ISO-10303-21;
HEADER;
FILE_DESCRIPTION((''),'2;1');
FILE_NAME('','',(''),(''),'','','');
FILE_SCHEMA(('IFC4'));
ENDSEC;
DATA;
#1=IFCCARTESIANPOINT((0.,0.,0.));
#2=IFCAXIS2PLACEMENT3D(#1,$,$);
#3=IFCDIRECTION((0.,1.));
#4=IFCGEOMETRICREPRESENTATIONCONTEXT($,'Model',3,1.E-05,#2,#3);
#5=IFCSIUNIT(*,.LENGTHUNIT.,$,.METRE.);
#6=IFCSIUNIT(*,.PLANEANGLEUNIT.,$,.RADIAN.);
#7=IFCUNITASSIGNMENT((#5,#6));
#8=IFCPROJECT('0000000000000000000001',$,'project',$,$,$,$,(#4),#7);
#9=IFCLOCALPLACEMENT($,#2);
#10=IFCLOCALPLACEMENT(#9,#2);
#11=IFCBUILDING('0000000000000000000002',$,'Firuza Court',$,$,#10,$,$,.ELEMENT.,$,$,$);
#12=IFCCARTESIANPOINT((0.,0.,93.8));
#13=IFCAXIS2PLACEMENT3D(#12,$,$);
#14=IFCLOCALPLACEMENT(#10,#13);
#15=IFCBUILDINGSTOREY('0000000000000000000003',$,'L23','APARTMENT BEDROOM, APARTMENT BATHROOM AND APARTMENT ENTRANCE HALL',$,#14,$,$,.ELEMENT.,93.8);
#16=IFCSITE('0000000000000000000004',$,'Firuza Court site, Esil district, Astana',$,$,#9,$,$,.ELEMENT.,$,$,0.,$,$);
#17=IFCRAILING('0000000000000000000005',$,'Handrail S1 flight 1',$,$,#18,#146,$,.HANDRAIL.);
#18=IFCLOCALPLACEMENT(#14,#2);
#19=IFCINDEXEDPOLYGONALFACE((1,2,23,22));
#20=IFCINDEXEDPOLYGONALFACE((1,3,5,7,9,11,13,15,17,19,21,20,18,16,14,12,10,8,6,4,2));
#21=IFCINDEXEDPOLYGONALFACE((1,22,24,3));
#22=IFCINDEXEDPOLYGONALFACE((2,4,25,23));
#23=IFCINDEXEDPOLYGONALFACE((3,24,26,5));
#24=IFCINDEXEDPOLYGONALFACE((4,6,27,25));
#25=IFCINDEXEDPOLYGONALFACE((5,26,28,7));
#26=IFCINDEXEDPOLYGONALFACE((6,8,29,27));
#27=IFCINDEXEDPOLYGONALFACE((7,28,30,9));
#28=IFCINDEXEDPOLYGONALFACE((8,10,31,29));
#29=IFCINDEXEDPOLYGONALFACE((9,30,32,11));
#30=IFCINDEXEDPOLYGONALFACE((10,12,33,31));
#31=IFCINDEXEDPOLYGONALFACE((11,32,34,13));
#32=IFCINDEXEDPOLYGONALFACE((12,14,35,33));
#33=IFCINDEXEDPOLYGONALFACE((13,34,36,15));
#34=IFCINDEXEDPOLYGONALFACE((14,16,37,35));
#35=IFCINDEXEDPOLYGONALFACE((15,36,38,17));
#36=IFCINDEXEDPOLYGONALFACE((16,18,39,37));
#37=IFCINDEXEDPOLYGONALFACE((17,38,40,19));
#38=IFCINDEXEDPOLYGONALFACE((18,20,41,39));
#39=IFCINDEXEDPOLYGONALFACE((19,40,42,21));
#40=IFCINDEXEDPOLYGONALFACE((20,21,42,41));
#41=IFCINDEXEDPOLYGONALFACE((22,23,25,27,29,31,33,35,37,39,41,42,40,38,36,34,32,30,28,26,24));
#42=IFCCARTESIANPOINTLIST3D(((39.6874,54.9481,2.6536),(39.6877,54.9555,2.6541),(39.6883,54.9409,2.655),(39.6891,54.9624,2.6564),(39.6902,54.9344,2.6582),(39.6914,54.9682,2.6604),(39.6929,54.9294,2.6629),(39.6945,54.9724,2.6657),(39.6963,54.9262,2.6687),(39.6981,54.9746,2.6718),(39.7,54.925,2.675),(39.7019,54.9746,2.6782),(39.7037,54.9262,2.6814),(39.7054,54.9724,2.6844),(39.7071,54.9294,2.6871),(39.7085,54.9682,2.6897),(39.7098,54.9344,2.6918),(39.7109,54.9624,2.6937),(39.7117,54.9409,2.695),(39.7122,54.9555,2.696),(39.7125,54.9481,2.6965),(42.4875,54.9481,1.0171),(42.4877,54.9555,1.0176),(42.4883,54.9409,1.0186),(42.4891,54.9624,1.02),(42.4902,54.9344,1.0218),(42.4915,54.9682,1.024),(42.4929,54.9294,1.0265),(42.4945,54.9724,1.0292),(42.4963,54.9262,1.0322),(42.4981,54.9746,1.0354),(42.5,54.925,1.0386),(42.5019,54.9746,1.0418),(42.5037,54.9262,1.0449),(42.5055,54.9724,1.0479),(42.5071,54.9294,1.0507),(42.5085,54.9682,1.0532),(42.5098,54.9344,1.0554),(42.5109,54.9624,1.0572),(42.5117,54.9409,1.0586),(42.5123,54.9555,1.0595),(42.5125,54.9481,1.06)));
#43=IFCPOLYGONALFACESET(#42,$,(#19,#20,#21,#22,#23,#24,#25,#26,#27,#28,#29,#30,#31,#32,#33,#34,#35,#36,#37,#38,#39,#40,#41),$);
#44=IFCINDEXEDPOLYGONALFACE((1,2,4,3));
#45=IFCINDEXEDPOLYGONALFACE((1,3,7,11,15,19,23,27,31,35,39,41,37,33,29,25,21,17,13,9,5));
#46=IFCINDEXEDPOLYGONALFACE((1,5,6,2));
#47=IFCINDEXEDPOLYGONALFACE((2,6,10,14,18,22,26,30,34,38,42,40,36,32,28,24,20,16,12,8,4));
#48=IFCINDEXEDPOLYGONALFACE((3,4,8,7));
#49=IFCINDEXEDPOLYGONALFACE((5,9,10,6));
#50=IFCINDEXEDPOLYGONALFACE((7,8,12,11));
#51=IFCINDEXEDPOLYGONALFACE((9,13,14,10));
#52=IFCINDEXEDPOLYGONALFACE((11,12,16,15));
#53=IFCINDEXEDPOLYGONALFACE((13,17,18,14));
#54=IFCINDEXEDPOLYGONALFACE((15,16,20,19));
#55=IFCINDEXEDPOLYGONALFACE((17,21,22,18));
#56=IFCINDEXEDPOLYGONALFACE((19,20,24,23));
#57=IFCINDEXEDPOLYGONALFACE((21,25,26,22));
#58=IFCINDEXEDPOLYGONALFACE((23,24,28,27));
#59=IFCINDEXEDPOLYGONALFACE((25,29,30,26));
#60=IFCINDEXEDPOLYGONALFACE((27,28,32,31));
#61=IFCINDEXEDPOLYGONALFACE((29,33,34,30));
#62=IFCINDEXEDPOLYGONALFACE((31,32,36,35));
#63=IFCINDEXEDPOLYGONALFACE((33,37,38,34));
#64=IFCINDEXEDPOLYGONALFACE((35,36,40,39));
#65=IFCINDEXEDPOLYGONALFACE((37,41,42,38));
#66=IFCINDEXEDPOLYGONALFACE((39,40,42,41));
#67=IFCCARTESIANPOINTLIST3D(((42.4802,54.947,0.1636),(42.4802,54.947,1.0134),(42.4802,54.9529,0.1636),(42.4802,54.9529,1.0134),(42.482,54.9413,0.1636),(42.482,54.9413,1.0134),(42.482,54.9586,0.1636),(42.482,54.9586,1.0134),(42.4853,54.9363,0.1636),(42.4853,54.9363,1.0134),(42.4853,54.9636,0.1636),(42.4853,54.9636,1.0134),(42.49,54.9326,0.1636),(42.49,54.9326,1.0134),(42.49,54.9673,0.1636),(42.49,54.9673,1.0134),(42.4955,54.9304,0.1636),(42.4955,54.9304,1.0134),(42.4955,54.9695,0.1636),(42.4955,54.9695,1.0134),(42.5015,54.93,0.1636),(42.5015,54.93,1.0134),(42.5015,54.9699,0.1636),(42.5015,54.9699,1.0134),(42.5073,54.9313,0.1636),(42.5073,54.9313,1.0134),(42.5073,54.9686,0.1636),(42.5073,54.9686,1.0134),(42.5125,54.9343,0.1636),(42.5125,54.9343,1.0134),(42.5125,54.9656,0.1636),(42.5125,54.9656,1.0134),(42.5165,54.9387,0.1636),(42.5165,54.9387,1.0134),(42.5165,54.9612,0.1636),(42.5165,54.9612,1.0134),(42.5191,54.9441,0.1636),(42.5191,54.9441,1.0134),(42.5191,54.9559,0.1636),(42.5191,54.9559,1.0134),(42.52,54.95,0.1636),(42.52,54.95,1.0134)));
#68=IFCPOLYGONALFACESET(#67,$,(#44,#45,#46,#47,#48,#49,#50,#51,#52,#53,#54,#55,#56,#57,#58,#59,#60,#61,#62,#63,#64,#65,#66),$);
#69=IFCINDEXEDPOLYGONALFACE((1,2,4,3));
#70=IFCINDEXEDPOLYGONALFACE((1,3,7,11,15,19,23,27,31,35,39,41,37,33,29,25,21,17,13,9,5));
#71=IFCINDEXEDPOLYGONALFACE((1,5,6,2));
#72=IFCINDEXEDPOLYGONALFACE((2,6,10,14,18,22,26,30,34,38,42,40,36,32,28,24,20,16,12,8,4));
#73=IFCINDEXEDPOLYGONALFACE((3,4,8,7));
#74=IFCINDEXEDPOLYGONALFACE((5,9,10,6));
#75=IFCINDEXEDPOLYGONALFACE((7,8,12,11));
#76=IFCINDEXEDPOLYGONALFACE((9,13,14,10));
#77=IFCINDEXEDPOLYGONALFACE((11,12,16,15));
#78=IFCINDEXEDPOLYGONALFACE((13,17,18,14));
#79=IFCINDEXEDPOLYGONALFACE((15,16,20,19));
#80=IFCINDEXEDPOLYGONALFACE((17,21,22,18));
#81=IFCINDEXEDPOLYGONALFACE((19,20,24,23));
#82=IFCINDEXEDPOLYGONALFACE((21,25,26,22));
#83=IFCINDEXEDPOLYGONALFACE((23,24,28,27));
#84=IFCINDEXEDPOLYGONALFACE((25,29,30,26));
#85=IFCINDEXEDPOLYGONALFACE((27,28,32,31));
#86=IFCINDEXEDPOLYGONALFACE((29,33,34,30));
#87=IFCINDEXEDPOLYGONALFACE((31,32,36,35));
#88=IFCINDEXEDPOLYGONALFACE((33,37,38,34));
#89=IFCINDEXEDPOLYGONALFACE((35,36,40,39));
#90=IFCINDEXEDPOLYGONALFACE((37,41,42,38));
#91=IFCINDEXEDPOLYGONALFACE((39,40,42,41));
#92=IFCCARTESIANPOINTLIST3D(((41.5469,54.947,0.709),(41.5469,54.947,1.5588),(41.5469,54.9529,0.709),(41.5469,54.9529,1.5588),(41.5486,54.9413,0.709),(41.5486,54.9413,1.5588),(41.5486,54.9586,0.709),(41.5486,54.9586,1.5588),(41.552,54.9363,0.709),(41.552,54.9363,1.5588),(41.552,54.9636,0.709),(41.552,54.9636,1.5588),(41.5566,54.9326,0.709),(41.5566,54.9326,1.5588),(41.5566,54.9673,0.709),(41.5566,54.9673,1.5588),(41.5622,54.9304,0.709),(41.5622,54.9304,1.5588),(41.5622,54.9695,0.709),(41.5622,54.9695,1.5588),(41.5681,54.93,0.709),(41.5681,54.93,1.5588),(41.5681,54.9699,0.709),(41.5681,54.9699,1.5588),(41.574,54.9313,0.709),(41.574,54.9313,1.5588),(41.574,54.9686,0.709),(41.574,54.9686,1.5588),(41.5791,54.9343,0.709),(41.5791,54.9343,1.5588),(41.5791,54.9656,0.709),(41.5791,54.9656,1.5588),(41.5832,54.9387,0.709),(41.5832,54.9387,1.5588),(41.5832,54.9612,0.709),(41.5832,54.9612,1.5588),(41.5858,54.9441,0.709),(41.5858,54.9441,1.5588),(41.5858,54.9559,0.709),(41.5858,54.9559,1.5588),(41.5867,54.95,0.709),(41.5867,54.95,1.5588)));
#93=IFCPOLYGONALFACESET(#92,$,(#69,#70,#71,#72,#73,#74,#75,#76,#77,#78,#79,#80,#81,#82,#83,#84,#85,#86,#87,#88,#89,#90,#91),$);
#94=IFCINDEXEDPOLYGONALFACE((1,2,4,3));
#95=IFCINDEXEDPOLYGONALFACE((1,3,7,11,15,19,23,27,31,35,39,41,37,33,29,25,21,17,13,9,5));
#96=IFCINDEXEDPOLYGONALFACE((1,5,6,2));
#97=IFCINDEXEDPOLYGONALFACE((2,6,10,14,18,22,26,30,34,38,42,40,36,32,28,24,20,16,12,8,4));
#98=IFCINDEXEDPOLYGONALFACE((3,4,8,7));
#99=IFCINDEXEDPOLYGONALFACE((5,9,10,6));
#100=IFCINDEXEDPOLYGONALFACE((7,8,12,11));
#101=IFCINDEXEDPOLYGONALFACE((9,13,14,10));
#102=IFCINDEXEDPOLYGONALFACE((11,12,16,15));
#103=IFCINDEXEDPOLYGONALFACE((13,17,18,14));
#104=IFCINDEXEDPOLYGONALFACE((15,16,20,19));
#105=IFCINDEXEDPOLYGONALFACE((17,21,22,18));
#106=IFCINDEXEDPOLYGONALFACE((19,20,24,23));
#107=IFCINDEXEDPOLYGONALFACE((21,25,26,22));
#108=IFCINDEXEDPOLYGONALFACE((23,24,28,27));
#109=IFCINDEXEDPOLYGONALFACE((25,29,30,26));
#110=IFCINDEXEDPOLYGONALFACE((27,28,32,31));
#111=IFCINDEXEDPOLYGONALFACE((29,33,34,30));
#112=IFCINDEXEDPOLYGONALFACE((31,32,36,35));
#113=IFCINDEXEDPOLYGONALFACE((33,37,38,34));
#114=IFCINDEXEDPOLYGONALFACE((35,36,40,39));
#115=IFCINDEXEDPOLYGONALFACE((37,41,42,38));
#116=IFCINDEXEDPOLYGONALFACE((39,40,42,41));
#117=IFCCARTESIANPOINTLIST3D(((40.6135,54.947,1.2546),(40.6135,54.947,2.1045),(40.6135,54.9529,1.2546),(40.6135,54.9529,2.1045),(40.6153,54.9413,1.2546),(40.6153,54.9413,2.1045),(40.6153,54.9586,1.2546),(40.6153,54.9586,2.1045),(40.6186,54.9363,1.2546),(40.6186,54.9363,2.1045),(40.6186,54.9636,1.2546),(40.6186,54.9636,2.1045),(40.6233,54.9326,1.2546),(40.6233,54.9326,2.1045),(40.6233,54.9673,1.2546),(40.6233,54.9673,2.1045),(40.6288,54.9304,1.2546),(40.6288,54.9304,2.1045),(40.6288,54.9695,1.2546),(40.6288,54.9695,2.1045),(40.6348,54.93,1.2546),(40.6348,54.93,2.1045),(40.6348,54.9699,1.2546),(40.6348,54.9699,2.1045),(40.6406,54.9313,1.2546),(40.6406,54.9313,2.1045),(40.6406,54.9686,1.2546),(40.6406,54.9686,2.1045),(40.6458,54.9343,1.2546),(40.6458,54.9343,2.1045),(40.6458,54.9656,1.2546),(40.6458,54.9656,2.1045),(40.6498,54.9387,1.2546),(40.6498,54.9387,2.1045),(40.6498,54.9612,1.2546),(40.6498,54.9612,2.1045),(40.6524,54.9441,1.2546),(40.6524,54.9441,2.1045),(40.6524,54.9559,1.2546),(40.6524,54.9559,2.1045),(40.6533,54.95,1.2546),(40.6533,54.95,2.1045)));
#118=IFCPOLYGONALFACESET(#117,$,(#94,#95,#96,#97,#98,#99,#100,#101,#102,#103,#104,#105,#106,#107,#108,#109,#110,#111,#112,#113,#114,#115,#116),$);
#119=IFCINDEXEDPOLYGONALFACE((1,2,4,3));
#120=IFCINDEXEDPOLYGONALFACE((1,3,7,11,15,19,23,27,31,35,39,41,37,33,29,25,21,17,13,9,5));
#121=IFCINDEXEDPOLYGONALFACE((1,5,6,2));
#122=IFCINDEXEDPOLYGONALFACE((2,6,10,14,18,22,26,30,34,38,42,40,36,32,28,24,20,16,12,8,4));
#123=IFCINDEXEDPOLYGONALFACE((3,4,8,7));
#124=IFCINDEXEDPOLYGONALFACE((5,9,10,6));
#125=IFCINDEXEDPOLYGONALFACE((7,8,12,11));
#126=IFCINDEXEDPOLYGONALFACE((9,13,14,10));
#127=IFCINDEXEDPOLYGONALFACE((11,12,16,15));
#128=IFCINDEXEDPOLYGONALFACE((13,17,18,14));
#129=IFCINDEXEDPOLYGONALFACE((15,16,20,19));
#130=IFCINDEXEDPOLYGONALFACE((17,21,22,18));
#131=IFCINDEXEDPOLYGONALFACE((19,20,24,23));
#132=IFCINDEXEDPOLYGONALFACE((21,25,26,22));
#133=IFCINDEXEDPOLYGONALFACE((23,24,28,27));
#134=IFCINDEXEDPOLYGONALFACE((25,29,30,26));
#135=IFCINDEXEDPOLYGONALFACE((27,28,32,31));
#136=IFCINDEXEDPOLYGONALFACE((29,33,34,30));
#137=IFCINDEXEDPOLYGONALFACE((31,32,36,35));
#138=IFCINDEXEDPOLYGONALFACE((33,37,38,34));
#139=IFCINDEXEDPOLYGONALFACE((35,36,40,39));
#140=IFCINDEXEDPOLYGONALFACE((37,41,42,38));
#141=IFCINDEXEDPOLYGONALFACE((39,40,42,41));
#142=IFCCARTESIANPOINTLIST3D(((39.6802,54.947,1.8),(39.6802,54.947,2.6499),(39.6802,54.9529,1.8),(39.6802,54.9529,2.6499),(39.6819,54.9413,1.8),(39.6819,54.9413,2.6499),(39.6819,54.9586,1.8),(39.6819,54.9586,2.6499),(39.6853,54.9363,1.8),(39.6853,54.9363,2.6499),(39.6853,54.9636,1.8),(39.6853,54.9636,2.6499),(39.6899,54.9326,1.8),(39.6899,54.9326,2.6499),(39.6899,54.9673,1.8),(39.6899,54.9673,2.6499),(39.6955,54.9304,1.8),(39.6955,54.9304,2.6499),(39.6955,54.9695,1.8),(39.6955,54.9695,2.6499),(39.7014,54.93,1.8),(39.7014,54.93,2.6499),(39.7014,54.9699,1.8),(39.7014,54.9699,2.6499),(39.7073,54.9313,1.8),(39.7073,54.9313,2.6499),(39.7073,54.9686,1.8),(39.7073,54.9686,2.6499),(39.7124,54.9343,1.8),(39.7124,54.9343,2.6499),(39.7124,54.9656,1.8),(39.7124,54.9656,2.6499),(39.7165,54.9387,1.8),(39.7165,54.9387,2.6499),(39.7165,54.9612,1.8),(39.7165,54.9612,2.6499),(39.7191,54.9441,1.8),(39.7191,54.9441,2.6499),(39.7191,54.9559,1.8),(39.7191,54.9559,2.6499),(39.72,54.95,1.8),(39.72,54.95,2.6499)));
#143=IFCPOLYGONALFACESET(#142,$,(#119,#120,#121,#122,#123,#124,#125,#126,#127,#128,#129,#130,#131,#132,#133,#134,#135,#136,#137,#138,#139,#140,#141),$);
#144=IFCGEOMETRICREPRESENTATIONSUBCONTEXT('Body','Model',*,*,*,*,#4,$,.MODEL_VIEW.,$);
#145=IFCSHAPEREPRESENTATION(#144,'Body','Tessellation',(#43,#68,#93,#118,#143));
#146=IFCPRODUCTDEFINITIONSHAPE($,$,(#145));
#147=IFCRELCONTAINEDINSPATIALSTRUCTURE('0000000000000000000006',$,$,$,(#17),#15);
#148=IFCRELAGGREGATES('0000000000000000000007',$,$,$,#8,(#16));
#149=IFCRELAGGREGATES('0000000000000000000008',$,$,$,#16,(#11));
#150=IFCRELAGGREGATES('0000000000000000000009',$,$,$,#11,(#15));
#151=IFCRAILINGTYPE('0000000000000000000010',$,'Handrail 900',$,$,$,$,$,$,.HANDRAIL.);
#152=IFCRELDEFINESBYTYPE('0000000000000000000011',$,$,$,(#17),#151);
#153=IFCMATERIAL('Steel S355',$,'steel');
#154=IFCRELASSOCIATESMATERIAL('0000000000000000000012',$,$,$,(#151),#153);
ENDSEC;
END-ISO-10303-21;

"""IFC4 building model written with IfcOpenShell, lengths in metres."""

from ifc_helpers import new_model, si_unit, direction, frame, origin, origin_2d, place, context, subcontext, project, spatial, circle, extrude, material, type_object, element, save


model = new_model("IFC4")

# Units and contexts
model_context = context("Model", 3, precision=1e-05, world=origin(), true_north=direction((0.0, 1.0)))
body_context = subcontext(model_context, "Body", "Model", "MODEL_VIEW")
ifc_project = project(units=[si_unit("LENGTHUNIT", "METRE"), si_unit("PLANEANGLEUNIT", "RADIAN")], contexts=[model_context])

# Site, building, storey
site_placement = place(None, origin())
site = spatial("IfcSite", under=ifc_project, at=site_placement, Name="Firuza Court site, Esil district, Astana", CompositionType="ELEMENT", RefElevation=0.0)
building_placement = place(site_placement, origin())
building = spatial("IfcBuilding", under=site, at=building_placement, Name="Firuza Court", CompositionType="ELEMENT")
storey_placement = place(building_placement, frame((0.0, 0.0, 93.8)))
storey = spatial("IfcBuildingStorey", under=building, at=storey_placement, Name="L23", Description="APARTMENT BEDROOM, APARTMENT BATHROOM AND APARTMENT ENTRANCE HALL", CompositionType="ELEMENT", Elevation=93.8)

# Railing
ifc_material_1 = material(Name="Steel S355", Category="steel")
railing_type_1 = type_object("IfcRailingType", Name="Handrail 900", PredefinedType="HANDRAIL", material=ifc_material_1)
railing_1_placement = place(storey_placement, frame((42.5, 54.95, 0.1636)))
element("IfcRailing", 1, at=railing_1_placement, inside=storey, type_object=railing_type_1, Name="Handrail S1 flight 1", PredefinedType="HANDRAIL", context=body_context, shape_type="SweptSolid", body=[
    extrude(circle(Radius=0.0249, at=origin_2d()), frame((0.0, 0.0, 0.875), z_axis=(-0.863361, 0.0, 0.504587), x_axis=(0.0, -1.0, 0.0)), (0.0, 0.0, 1.0), 3.2432),
    extrude(circle(Radius=0.02, at=origin_2d()), origin(), (0.0, 0.0, 1.0), 0.8499),
    extrude(circle(Radius=0.02, at=origin_2d()), frame((-0.9333, 0.0, 0.5454)), (0.0, 0.0, 1.0), 0.8499),
    extrude(circle(Radius=0.02, at=origin_2d()), frame((-1.8667, 0.0, 1.0911)), (0.0, 0.0, 1.0), 0.8499),
    extrude(circle(Radius=0.02, at=origin_2d()), frame((-2.8, 0.0, 1.6365)), (0.0, 0.0, 1.0), 0.8499),
])

save(model, "model.ifc")
